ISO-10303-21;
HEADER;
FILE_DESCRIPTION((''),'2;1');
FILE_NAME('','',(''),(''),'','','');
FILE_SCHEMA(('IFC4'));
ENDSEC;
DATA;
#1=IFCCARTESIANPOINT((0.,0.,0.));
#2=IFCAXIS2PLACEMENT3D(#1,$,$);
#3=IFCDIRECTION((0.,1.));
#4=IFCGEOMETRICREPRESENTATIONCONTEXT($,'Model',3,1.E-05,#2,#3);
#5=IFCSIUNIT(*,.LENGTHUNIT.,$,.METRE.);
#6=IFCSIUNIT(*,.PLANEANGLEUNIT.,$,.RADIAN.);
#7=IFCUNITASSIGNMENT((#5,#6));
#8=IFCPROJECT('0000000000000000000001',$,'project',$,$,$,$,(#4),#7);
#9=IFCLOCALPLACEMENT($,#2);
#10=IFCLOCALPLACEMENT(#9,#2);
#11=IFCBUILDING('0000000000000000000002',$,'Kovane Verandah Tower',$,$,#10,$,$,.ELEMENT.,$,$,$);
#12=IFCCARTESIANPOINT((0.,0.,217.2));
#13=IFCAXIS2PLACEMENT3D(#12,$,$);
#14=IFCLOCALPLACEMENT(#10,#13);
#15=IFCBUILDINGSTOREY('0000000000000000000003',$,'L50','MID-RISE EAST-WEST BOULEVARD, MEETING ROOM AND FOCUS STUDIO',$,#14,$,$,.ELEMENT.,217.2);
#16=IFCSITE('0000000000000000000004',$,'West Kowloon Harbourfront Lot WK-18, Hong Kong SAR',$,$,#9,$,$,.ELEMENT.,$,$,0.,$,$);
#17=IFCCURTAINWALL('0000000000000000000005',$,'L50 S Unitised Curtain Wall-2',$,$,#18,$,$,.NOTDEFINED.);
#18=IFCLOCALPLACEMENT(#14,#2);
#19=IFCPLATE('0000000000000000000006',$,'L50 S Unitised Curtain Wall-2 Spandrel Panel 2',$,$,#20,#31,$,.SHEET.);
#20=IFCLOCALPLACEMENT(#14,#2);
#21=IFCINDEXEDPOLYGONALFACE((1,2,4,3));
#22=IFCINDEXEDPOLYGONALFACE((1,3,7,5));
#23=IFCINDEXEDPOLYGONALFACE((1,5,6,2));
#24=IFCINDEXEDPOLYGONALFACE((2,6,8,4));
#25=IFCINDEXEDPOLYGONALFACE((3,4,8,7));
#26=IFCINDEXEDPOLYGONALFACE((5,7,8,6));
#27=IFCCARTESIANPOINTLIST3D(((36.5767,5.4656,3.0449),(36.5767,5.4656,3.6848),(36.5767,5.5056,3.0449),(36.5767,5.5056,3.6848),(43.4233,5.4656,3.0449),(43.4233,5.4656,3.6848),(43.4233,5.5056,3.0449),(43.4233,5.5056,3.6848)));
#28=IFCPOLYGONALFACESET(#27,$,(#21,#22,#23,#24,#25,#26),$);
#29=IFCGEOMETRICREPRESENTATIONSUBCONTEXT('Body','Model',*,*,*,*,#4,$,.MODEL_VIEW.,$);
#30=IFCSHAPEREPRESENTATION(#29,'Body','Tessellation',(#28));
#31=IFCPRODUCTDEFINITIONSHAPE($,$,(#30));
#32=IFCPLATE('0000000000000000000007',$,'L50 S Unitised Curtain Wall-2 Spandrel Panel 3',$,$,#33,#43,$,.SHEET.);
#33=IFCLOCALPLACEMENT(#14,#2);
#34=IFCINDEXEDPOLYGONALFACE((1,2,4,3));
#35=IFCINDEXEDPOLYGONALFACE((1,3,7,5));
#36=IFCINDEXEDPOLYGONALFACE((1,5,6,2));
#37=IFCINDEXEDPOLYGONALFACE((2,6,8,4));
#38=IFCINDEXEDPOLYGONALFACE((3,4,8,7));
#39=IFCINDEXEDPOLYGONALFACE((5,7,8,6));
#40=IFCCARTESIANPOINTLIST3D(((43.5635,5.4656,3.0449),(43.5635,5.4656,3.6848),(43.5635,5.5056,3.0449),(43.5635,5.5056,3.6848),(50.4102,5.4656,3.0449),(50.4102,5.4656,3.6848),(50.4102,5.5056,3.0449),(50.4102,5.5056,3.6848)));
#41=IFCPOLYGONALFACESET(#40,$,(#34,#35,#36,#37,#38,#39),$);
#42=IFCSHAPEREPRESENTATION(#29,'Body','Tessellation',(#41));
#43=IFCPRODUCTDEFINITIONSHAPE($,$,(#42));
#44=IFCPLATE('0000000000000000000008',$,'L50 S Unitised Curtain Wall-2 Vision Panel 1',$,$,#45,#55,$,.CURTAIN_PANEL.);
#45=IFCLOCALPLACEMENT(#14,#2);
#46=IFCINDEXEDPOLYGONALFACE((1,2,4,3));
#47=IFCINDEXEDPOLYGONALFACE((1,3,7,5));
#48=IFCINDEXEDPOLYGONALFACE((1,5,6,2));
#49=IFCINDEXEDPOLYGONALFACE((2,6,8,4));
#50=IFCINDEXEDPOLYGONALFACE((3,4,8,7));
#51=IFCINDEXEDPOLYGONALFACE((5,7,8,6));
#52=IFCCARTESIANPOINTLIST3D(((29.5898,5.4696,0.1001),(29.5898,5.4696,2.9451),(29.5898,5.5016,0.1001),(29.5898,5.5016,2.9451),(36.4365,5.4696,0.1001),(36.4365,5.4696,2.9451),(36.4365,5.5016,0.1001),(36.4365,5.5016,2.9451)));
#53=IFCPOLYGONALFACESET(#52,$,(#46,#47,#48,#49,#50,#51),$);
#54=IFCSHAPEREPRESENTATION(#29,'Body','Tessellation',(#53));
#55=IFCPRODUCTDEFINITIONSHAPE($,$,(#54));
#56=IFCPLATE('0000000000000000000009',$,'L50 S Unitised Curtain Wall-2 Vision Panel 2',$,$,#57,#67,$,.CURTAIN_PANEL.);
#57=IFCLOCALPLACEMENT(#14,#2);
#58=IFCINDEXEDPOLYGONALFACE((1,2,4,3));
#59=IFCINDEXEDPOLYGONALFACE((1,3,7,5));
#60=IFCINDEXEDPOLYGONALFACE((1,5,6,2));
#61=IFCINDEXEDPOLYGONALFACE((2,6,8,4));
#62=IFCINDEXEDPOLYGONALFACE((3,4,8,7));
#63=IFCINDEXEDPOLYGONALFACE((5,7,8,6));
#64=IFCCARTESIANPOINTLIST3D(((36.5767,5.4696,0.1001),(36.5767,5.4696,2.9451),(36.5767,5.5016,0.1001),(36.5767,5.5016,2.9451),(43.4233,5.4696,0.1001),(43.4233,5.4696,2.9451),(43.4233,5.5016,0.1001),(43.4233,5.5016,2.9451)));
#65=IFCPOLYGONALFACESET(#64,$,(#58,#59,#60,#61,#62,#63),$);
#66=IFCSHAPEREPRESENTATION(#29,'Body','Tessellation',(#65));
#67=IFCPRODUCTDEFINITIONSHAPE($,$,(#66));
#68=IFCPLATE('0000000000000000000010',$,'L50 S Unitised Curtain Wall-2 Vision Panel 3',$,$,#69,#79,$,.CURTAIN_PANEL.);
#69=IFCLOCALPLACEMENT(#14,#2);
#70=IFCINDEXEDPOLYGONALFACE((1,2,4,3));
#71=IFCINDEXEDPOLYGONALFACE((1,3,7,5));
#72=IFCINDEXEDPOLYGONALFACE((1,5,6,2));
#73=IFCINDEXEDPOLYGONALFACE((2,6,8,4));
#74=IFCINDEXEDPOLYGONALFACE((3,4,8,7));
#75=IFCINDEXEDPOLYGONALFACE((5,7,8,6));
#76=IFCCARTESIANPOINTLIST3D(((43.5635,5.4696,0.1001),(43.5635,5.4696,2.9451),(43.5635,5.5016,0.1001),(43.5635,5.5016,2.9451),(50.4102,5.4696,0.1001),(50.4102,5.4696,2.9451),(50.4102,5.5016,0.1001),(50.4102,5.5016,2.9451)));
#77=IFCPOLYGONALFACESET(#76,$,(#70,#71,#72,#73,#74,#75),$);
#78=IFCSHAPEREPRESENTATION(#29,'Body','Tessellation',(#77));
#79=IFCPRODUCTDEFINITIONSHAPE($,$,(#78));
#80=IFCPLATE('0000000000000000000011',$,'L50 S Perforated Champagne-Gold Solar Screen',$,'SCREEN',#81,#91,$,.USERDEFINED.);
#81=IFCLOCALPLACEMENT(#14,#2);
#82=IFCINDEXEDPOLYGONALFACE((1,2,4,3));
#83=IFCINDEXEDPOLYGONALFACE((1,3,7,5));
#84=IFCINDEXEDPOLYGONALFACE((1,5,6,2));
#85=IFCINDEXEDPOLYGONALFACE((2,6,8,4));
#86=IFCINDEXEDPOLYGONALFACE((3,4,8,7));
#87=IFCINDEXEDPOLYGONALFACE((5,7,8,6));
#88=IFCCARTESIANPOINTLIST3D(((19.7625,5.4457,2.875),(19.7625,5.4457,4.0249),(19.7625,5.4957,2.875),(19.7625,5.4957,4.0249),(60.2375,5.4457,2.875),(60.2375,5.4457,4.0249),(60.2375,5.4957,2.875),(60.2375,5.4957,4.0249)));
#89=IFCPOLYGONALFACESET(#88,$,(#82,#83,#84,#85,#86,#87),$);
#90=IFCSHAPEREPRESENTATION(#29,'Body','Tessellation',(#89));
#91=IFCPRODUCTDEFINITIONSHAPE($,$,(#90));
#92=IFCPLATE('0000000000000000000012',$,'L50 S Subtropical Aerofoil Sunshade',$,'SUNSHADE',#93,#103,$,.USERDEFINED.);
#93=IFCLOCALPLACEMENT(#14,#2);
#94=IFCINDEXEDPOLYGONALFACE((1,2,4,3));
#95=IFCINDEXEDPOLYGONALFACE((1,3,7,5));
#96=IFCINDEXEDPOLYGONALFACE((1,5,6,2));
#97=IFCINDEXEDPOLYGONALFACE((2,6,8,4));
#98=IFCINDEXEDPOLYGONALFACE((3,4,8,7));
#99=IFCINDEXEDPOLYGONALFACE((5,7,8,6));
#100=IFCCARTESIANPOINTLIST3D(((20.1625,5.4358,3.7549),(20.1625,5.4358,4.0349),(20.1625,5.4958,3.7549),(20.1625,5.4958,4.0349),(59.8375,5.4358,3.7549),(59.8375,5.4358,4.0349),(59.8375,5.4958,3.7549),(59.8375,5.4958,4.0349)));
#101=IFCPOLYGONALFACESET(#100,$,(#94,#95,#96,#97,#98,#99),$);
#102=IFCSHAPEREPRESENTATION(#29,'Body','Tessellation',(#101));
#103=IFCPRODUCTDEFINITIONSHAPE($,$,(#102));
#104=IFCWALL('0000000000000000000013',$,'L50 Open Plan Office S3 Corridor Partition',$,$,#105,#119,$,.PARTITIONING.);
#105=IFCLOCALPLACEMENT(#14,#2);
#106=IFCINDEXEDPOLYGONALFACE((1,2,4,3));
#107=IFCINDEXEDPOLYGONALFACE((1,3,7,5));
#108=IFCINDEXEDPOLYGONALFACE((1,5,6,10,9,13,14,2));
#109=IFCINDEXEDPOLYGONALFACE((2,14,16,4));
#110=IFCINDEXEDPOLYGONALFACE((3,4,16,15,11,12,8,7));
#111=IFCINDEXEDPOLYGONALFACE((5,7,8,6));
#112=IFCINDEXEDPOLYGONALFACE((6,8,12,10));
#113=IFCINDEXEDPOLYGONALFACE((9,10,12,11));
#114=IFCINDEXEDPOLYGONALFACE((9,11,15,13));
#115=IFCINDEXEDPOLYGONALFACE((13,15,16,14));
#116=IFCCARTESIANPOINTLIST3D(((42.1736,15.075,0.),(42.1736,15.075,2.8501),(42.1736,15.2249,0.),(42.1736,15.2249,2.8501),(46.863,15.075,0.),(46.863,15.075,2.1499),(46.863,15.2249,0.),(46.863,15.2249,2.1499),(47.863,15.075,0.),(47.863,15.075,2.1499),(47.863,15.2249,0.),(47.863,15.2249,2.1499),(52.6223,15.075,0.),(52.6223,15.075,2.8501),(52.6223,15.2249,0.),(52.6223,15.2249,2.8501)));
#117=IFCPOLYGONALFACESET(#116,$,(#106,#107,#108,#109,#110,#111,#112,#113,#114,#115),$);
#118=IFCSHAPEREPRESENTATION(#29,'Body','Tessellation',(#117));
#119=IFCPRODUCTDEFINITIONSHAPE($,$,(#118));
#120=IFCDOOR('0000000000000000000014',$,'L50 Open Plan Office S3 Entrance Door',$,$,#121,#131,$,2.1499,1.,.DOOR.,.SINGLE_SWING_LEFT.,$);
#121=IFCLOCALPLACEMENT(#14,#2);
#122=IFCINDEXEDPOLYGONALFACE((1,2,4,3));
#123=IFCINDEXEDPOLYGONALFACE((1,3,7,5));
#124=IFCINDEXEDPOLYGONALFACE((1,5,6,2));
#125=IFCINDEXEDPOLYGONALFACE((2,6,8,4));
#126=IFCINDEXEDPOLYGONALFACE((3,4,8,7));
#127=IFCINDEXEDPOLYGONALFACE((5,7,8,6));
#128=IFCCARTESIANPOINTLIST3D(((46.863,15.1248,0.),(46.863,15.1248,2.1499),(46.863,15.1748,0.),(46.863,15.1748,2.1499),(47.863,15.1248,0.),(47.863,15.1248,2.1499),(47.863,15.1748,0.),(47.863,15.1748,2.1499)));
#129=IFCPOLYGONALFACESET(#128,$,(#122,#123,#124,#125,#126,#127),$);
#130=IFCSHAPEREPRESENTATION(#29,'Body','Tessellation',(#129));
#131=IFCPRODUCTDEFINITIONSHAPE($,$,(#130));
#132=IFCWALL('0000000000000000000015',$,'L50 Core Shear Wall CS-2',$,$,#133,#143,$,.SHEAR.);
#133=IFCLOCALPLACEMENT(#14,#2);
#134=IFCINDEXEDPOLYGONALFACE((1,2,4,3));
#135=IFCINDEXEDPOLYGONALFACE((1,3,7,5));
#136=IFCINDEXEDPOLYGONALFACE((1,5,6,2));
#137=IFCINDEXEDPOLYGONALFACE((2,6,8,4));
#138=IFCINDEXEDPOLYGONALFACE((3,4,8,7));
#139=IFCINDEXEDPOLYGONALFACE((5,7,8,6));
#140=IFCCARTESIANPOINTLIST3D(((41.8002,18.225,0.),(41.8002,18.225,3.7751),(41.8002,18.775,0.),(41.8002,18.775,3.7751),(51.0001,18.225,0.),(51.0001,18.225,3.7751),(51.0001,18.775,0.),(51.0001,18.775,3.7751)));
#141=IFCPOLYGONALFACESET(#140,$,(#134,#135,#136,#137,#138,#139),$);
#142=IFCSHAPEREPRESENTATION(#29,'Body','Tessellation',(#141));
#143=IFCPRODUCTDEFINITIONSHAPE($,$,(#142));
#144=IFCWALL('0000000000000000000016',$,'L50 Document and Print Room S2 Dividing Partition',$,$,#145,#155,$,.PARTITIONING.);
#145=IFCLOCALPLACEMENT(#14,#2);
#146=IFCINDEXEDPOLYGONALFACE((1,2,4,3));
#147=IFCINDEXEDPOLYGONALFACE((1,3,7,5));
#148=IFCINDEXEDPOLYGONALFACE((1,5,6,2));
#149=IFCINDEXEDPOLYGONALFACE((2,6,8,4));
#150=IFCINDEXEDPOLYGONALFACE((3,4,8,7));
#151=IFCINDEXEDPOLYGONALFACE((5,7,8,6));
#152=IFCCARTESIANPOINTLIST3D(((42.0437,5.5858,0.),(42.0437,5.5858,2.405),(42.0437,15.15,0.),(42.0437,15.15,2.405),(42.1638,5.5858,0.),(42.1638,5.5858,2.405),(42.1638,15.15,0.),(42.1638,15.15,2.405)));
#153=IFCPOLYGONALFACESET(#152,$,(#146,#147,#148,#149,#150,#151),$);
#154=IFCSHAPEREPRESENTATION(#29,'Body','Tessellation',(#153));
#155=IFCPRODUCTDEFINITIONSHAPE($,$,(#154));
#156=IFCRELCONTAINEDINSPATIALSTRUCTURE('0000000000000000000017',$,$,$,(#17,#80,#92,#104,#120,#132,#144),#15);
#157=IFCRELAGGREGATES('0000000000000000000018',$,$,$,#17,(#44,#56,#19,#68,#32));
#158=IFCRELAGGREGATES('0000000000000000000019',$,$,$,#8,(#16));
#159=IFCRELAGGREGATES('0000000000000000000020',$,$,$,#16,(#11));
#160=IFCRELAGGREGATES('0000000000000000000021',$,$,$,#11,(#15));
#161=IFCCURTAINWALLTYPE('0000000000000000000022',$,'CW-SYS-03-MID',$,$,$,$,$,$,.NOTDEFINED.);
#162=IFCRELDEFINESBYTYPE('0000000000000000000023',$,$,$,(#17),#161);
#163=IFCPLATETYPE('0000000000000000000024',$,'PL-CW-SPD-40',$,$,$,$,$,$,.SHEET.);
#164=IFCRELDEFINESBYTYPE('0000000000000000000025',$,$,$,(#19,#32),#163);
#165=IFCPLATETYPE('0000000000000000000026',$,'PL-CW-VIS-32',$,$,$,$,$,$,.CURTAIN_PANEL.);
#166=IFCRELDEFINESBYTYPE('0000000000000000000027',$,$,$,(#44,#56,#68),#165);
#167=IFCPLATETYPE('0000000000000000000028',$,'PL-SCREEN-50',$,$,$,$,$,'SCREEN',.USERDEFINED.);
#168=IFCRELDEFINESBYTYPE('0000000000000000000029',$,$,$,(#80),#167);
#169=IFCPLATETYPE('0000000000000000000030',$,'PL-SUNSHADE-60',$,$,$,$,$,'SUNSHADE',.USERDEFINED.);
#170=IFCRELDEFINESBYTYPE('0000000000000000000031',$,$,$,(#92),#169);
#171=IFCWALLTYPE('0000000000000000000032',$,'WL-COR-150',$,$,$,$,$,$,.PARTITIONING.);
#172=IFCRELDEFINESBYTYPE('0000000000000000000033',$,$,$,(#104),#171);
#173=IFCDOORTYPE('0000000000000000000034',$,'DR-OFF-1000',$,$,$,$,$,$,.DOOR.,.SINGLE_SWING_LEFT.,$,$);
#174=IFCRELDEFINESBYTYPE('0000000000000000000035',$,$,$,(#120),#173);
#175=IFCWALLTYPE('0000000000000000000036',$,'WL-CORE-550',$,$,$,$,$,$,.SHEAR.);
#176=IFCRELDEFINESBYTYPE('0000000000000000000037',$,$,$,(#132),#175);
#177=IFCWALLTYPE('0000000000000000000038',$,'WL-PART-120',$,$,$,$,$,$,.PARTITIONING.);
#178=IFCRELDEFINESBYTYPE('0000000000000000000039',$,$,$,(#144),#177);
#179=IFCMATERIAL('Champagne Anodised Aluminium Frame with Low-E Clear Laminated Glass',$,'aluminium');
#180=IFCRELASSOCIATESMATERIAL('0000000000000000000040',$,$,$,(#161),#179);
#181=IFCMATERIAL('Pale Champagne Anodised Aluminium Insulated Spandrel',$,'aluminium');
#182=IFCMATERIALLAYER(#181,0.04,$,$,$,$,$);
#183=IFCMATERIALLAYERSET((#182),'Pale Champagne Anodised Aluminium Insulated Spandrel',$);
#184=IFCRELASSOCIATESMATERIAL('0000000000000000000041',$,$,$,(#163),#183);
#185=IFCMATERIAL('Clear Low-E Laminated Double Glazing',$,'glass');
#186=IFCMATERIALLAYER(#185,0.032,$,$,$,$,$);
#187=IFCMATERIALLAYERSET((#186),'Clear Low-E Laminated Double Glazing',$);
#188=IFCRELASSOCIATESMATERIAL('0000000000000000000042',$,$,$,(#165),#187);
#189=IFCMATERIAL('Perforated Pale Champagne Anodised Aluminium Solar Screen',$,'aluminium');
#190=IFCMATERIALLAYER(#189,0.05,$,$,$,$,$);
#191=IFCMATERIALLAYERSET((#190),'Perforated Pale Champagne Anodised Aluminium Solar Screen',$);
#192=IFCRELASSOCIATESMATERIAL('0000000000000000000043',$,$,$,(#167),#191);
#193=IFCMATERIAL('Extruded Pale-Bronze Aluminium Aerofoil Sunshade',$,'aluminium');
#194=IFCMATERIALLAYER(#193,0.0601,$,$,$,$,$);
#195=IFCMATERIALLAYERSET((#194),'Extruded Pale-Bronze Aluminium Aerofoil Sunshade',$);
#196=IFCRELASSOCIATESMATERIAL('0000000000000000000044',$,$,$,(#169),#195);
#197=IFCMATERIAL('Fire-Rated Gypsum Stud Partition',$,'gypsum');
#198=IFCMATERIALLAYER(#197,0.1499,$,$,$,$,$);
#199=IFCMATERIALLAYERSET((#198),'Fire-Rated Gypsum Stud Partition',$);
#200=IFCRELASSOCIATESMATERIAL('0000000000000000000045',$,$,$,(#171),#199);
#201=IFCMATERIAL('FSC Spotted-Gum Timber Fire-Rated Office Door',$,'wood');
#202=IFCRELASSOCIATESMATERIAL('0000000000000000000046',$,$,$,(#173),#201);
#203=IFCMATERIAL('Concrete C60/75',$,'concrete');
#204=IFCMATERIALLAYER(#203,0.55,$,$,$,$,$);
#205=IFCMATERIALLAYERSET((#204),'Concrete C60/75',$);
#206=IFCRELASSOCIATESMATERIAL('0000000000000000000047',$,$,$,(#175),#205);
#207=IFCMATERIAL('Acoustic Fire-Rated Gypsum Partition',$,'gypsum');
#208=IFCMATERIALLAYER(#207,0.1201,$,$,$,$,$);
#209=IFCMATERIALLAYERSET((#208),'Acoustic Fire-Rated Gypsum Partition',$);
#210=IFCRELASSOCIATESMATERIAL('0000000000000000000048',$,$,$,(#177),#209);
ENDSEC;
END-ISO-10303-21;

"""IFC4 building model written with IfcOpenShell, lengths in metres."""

from ifc_helpers import new_model, si_unit, direction, frame, frame_2d, origin, origin_2d, place, context, subcontext, project, spatial, rectangle, extrude, material, layer, layer_set, type_object, element, fill, aggregate, save


model = new_model("IFC4")

# Units and contexts
model_context = context("Model", 3, precision=1e-05, world=origin(), true_north=direction((0.0, 1.0)))
body_context = subcontext(model_context, "Body", "Model", "MODEL_VIEW")
ifc_project = project(units=[si_unit("LENGTHUNIT", "METRE"), si_unit("PLANEANGLEUNIT", "RADIAN")], contexts=[model_context])

# Site, building, storey
site_placement = place(None, origin())
site = spatial("IfcSite", under=ifc_project, at=site_placement, Name="West Kowloon Harbourfront Lot WK-18, Hong Kong SAR", CompositionType="ELEMENT", RefElevation=0.0)
building_placement = place(site_placement, origin())
building = spatial("IfcBuilding", under=site, at=building_placement, Name="Kovane Verandah Tower", CompositionType="ELEMENT")
storey_placement = place(building_placement, frame((0.0, 0.0, 217.2)))
storey = spatial("IfcBuildingStorey", under=building, at=storey_placement, Name="L50", Description="MID-RISE EAST-WEST BOULEVARD, MEETING ROOM AND FOCUS STUDIO", CompositionType="ELEMENT", Elevation=217.2)

# Shared definitions
ifc_material_1 = material(Name="Concrete C60/75", Category="concrete")

# Curtain wall, plates
ifc_material_2 = material(Name="Champagne Anodised Aluminium Frame with Low-E Clear Laminated Glass", Category="aluminium")
curtain_wall_type = type_object("IfcCurtainWallType", Name="CW-SYS-03-MID", PredefinedType="NOTDEFINED", material=ifc_material_2)
curtain_wall_placement = place(storey_placement, origin())
curtain_wall = element("IfcCurtainWall", 1, at=curtain_wall_placement, inside=storey, type_object=curtain_wall_type, Name="L50 S Unitised Curtain Wall-2", PredefinedType="NOTDEFINED")
ifc_material_3 = material(Name="Pale Champagne Anodised Aluminium Insulated Spandrel", Category="aluminium")
ifc_layer_1 = layer(ifc_material_3, 0.04)
ifc_layer_set_1 = layer_set([ifc_layer_1], Name="Pale Champagne Anodised Aluminium Insulated Spandrel")
plate_type_1 = type_object("IfcPlateType", Name="PL-CW-SPD-40", PredefinedType="SHEET", material=ifc_layer_set_1)
plate_1_placement = place(storey_placement, frame((40.0, 5.4856, 3.0449), z_axis=(0.0, 0.0, 1.0), x_axis=(1.0, 0.0, 0.0)))
plate_1 = element("IfcPlate", 2, at=plate_1_placement, type_object=plate_type_1, Name="L50 S Unitised Curtain Wall-2 Spandrel Panel 2", PredefinedType="SHEET", context=body_context, shape_type="SweptSolid", body=[
    extrude(rectangle(XDim=6.8467, YDim=0.04, at=origin_2d()), origin(), (0.0, 0.0, 1.0), 0.6399),
])
plate_2_placement = place(storey_placement, frame((46.9868, 5.4856, 3.0449), z_axis=(0.0, 0.0, 1.0), x_axis=(1.0, 0.0, 0.0)))
plate_2 = element("IfcPlate", 3, at=plate_2_placement, type_object=plate_type_1, Name="L50 S Unitised Curtain Wall-2 Spandrel Panel 3", PredefinedType="SHEET", context=body_context, shape_type="SweptSolid", body=[
    extrude(rectangle(XDim=6.8467, YDim=0.04, at=origin_2d()), origin(), (0.0, 0.0, 1.0), 0.6399),
])
ifc_material_4 = material(Name="Clear Low-E Laminated Double Glazing", Category="glass")
ifc_layer_2 = layer(ifc_material_4, 0.032)
ifc_layer_set_2 = layer_set([ifc_layer_2], Name="Clear Low-E Laminated Double Glazing")
plate_type_2 = type_object("IfcPlateType", Name="PL-CW-VIS-32", PredefinedType="CURTAIN_PANEL", material=ifc_layer_set_2)
plate_3_placement = place(storey_placement, frame((33.0132, 5.4856, 0.1001), z_axis=(0.0, 0.0, 1.0), x_axis=(1.0, 0.0, 0.0)))
plate_3 = element("IfcPlate", 4, at=plate_3_placement, type_object=plate_type_2, Name="L50 S Unitised Curtain Wall-2 Vision Panel 1", PredefinedType="CURTAIN_PANEL", context=body_context, shape_type="SweptSolid", body=[
    extrude(rectangle(XDim=6.8467, YDim=0.032, at=origin_2d()), origin(), (0.0, 0.0, 1.0), 2.845),
])
plate_4_placement = place(storey_placement, frame((40.0, 5.4856, 0.1001), z_axis=(0.0, 0.0, 1.0), x_axis=(1.0, 0.0, 0.0)))
plate_4 = element("IfcPlate", 5, at=plate_4_placement, type_object=plate_type_2, Name="L50 S Unitised Curtain Wall-2 Vision Panel 2", PredefinedType="CURTAIN_PANEL", context=body_context, shape_type="SweptSolid", body=[
    extrude(rectangle(XDim=6.8467, YDim=0.032, at=origin_2d()), origin(), (0.0, 0.0, 1.0), 2.845),
])
plate_5_placement = place(storey_placement, frame((46.9868, 5.4856, 0.1001), z_axis=(0.0, 0.0, 1.0), x_axis=(1.0, 0.0, 0.0)))
plate_5 = element("IfcPlate", 6, at=plate_5_placement, type_object=plate_type_2, Name="L50 S Unitised Curtain Wall-2 Vision Panel 3", PredefinedType="CURTAIN_PANEL", context=body_context, shape_type="SweptSolid", body=[
    extrude(rectangle(XDim=6.8467, YDim=0.032, at=origin_2d()), origin(), (0.0, 0.0, 1.0), 2.845),
])
aggregate(curtain_wall, [plate_3, plate_4, plate_1, plate_5, plate_2])

# Plates
ifc_material_5 = material(Name="Perforated Pale Champagne Anodised Aluminium Solar Screen", Category="aluminium")
ifc_layer_3 = layer(ifc_material_5, 0.05)
ifc_layer_set_3 = layer_set([ifc_layer_3], Name="Perforated Pale Champagne Anodised Aluminium Solar Screen")
plate_type_3 = type_object("IfcPlateType", Name="PL-SCREEN-50", ElementType="SCREEN", PredefinedType="USERDEFINED", material=ifc_layer_set_3)
plate_6_placement = place(storey_placement, frame((40.0, 5.4707, 2.875), z_axis=(0.0, 0.0, 1.0), x_axis=(1.0, 0.0, 0.0)))
element("IfcPlate", 7, at=plate_6_placement, inside=storey, type_object=plate_type_3, Name="L50 S Perforated Champagne-Gold Solar Screen", ObjectType="SCREEN", PredefinedType="USERDEFINED", context=body_context, shape_type="SweptSolid", body=[
    extrude(rectangle(XDim=40.4751, YDim=0.05, at=origin_2d()), origin(), (0.0, 0.0, 1.0), 1.1499),
])
ifc_material_6 = material(Name="Extruded Pale-Bronze Aluminium Aerofoil Sunshade", Category="aluminium")
ifc_layer_4 = layer(ifc_material_6, 0.0601)
ifc_layer_set_4 = layer_set([ifc_layer_4], Name="Extruded Pale-Bronze Aluminium Aerofoil Sunshade")
plate_type_4 = type_object("IfcPlateType", Name="PL-SUNSHADE-60", ElementType="SUNSHADE", PredefinedType="USERDEFINED", material=ifc_layer_set_4)
plate_7_placement = place(storey_placement, frame((40.0, 5.4658, 3.7549), z_axis=(0.0, 0.0, 1.0), x_axis=(1.0, 0.0, 0.0)))
element("IfcPlate", 8, at=plate_7_placement, inside=storey, type_object=plate_type_4, Name="L50 S Subtropical Aerofoil Sunshade", ObjectType="SUNSHADE", PredefinedType="USERDEFINED", context=body_context, shape_type="SweptSolid", body=[
    extrude(rectangle(XDim=39.675, YDim=0.0601, at=origin_2d()), origin(), (0.0, 0.0, 1.0), 0.28),
])

# Wall, opening, door
ifc_material_7 = material(Name="Fire-Rated Gypsum Stud Partition", Category="gypsum")
ifc_layer_5 = layer(ifc_material_7, 0.1499)
ifc_layer_set_5 = layer_set([ifc_layer_5], Name="Fire-Rated Gypsum Stud Partition")
wall_type_1 = type_object("IfcWallType", Name="WL-COR-150", PredefinedType="PARTITIONING", material=ifc_layer_set_5)
wall_1_placement = place(storey_placement, frame((42.1736, 15.1499, 0.0), z_axis=(0.0, 0.0, 1.0), x_axis=(1.0, 0.0, 0.0)))
wall_1 = element("IfcWall", 9, at=wall_1_placement, inside=storey, type_object=wall_type_1, Name="L50 Open Plan Office S3 Corridor Partition", PredefinedType="PARTITIONING", context=body_context, shape_type="SweptSolid", body=[
    extrude(rectangle(XDim=10.4487, YDim=0.1499, at=frame_2d((5.2244, 0.0))), origin(), (0.0, 0.0, 1.0), 2.8501),
])
opening_placement = place(wall_1_placement, frame((4.6895, 0.0, 0.0)))
opening = element("IfcOpeningElement", 10, at=opening_placement, cuts=wall_1, PredefinedType="OPENING", context=body_context, shape_type="SweptSolid", body=[
    extrude(rectangle(XDim=1.0, YDim=2.1499, at=frame_2d((0.5, 1.075))), frame((0.0, 0.075, 0.0), z_axis=(0.0, -1.0, 0.0), x_axis=(1.0, 0.0, 0.0)), (0.0, 0.0, 1.0), 0.1499),
])
ifc_material_8 = material(Name="FSC Spotted-Gum Timber Fire-Rated Office Door", Category="wood")
door_type = type_object("IfcDoorType", Name="DR-OFF-1000", OperationType="SINGLE_SWING_LEFT", PredefinedType="DOOR", material=ifc_material_8)
door_placement = place(opening_placement, origin())
door = element("IfcDoor", 11, at=door_placement, inside=storey, type_object=door_type, Name="L50 Open Plan Office S3 Entrance Door", OperationType="SINGLE_SWING_LEFT", OverallHeight=2.1499, OverallWidth=1.0, PredefinedType="DOOR", context=body_context, shape_type="SweptSolid", body=[
    extrude(rectangle(XDim=1.0, YDim=2.1499, at=frame_2d((0.5, 1.075))), frame((0.0, 0.0249, 0.0), z_axis=(0.0, -1.0, 0.0), x_axis=(1.0, 0.0, 0.0)), (0.0, 0.0, 1.0), 0.05),
])
fill(opening, door)

# Walls
ifc_layer_6 = layer(ifc_material_1, 0.55)
ifc_layer_set_6 = layer_set([ifc_layer_6], Name="Concrete C60/75")
wall_type_2 = type_object("IfcWallType", Name="WL-CORE-550", PredefinedType="SHEAR", material=ifc_layer_set_6)
wall_2_placement = place(storey_placement, frame((41.8, 18.5, 0.0), z_axis=(0.0, 0.0, 1.0), x_axis=(1.0, 0.0, 0.0)))
element("IfcWall", 12, at=wall_2_placement, inside=storey, type_object=wall_type_2, Name="L50 Core Shear Wall CS-2", PredefinedType="SHEAR", context=body_context, shape_type="SweptSolid", body=[
    extrude(rectangle(XDim=9.2, YDim=0.55, at=frame_2d((4.6001, 0.0))), origin(), (0.0, 0.0, 1.0), 3.7751),
])
ifc_material_9 = material(Name="Acoustic Fire-Rated Gypsum Partition", Category="gypsum")
ifc_layer_7 = layer(ifc_material_9, 0.1201)
ifc_layer_set_7 = layer_set([ifc_layer_7], Name="Acoustic Fire-Rated Gypsum Partition")
wall_type_3 = type_object("IfcWallType", Name="WL-PART-120", PredefinedType="PARTITIONING", material=ifc_layer_set_7)
wall_3_placement = place(storey_placement, frame((42.1038, 5.5857, 0.0), z_axis=(0.0, 0.0, 1.0), x_axis=(0.0, 1.0, 0.0)))
element("IfcWall", 13, at=wall_3_placement, inside=storey, type_object=wall_type_3, Name="L50 Document and Print Room S2 Dividing Partition", PredefinedType="PARTITIONING", context=body_context, shape_type="SweptSolid", body=[
    extrude(rectangle(XDim=9.5642, YDim=0.1201, at=frame_2d((4.7822, 0.0))), origin(), (0.0, 0.0, 1.0), 2.405),
])

save(model, "model.ifc")
